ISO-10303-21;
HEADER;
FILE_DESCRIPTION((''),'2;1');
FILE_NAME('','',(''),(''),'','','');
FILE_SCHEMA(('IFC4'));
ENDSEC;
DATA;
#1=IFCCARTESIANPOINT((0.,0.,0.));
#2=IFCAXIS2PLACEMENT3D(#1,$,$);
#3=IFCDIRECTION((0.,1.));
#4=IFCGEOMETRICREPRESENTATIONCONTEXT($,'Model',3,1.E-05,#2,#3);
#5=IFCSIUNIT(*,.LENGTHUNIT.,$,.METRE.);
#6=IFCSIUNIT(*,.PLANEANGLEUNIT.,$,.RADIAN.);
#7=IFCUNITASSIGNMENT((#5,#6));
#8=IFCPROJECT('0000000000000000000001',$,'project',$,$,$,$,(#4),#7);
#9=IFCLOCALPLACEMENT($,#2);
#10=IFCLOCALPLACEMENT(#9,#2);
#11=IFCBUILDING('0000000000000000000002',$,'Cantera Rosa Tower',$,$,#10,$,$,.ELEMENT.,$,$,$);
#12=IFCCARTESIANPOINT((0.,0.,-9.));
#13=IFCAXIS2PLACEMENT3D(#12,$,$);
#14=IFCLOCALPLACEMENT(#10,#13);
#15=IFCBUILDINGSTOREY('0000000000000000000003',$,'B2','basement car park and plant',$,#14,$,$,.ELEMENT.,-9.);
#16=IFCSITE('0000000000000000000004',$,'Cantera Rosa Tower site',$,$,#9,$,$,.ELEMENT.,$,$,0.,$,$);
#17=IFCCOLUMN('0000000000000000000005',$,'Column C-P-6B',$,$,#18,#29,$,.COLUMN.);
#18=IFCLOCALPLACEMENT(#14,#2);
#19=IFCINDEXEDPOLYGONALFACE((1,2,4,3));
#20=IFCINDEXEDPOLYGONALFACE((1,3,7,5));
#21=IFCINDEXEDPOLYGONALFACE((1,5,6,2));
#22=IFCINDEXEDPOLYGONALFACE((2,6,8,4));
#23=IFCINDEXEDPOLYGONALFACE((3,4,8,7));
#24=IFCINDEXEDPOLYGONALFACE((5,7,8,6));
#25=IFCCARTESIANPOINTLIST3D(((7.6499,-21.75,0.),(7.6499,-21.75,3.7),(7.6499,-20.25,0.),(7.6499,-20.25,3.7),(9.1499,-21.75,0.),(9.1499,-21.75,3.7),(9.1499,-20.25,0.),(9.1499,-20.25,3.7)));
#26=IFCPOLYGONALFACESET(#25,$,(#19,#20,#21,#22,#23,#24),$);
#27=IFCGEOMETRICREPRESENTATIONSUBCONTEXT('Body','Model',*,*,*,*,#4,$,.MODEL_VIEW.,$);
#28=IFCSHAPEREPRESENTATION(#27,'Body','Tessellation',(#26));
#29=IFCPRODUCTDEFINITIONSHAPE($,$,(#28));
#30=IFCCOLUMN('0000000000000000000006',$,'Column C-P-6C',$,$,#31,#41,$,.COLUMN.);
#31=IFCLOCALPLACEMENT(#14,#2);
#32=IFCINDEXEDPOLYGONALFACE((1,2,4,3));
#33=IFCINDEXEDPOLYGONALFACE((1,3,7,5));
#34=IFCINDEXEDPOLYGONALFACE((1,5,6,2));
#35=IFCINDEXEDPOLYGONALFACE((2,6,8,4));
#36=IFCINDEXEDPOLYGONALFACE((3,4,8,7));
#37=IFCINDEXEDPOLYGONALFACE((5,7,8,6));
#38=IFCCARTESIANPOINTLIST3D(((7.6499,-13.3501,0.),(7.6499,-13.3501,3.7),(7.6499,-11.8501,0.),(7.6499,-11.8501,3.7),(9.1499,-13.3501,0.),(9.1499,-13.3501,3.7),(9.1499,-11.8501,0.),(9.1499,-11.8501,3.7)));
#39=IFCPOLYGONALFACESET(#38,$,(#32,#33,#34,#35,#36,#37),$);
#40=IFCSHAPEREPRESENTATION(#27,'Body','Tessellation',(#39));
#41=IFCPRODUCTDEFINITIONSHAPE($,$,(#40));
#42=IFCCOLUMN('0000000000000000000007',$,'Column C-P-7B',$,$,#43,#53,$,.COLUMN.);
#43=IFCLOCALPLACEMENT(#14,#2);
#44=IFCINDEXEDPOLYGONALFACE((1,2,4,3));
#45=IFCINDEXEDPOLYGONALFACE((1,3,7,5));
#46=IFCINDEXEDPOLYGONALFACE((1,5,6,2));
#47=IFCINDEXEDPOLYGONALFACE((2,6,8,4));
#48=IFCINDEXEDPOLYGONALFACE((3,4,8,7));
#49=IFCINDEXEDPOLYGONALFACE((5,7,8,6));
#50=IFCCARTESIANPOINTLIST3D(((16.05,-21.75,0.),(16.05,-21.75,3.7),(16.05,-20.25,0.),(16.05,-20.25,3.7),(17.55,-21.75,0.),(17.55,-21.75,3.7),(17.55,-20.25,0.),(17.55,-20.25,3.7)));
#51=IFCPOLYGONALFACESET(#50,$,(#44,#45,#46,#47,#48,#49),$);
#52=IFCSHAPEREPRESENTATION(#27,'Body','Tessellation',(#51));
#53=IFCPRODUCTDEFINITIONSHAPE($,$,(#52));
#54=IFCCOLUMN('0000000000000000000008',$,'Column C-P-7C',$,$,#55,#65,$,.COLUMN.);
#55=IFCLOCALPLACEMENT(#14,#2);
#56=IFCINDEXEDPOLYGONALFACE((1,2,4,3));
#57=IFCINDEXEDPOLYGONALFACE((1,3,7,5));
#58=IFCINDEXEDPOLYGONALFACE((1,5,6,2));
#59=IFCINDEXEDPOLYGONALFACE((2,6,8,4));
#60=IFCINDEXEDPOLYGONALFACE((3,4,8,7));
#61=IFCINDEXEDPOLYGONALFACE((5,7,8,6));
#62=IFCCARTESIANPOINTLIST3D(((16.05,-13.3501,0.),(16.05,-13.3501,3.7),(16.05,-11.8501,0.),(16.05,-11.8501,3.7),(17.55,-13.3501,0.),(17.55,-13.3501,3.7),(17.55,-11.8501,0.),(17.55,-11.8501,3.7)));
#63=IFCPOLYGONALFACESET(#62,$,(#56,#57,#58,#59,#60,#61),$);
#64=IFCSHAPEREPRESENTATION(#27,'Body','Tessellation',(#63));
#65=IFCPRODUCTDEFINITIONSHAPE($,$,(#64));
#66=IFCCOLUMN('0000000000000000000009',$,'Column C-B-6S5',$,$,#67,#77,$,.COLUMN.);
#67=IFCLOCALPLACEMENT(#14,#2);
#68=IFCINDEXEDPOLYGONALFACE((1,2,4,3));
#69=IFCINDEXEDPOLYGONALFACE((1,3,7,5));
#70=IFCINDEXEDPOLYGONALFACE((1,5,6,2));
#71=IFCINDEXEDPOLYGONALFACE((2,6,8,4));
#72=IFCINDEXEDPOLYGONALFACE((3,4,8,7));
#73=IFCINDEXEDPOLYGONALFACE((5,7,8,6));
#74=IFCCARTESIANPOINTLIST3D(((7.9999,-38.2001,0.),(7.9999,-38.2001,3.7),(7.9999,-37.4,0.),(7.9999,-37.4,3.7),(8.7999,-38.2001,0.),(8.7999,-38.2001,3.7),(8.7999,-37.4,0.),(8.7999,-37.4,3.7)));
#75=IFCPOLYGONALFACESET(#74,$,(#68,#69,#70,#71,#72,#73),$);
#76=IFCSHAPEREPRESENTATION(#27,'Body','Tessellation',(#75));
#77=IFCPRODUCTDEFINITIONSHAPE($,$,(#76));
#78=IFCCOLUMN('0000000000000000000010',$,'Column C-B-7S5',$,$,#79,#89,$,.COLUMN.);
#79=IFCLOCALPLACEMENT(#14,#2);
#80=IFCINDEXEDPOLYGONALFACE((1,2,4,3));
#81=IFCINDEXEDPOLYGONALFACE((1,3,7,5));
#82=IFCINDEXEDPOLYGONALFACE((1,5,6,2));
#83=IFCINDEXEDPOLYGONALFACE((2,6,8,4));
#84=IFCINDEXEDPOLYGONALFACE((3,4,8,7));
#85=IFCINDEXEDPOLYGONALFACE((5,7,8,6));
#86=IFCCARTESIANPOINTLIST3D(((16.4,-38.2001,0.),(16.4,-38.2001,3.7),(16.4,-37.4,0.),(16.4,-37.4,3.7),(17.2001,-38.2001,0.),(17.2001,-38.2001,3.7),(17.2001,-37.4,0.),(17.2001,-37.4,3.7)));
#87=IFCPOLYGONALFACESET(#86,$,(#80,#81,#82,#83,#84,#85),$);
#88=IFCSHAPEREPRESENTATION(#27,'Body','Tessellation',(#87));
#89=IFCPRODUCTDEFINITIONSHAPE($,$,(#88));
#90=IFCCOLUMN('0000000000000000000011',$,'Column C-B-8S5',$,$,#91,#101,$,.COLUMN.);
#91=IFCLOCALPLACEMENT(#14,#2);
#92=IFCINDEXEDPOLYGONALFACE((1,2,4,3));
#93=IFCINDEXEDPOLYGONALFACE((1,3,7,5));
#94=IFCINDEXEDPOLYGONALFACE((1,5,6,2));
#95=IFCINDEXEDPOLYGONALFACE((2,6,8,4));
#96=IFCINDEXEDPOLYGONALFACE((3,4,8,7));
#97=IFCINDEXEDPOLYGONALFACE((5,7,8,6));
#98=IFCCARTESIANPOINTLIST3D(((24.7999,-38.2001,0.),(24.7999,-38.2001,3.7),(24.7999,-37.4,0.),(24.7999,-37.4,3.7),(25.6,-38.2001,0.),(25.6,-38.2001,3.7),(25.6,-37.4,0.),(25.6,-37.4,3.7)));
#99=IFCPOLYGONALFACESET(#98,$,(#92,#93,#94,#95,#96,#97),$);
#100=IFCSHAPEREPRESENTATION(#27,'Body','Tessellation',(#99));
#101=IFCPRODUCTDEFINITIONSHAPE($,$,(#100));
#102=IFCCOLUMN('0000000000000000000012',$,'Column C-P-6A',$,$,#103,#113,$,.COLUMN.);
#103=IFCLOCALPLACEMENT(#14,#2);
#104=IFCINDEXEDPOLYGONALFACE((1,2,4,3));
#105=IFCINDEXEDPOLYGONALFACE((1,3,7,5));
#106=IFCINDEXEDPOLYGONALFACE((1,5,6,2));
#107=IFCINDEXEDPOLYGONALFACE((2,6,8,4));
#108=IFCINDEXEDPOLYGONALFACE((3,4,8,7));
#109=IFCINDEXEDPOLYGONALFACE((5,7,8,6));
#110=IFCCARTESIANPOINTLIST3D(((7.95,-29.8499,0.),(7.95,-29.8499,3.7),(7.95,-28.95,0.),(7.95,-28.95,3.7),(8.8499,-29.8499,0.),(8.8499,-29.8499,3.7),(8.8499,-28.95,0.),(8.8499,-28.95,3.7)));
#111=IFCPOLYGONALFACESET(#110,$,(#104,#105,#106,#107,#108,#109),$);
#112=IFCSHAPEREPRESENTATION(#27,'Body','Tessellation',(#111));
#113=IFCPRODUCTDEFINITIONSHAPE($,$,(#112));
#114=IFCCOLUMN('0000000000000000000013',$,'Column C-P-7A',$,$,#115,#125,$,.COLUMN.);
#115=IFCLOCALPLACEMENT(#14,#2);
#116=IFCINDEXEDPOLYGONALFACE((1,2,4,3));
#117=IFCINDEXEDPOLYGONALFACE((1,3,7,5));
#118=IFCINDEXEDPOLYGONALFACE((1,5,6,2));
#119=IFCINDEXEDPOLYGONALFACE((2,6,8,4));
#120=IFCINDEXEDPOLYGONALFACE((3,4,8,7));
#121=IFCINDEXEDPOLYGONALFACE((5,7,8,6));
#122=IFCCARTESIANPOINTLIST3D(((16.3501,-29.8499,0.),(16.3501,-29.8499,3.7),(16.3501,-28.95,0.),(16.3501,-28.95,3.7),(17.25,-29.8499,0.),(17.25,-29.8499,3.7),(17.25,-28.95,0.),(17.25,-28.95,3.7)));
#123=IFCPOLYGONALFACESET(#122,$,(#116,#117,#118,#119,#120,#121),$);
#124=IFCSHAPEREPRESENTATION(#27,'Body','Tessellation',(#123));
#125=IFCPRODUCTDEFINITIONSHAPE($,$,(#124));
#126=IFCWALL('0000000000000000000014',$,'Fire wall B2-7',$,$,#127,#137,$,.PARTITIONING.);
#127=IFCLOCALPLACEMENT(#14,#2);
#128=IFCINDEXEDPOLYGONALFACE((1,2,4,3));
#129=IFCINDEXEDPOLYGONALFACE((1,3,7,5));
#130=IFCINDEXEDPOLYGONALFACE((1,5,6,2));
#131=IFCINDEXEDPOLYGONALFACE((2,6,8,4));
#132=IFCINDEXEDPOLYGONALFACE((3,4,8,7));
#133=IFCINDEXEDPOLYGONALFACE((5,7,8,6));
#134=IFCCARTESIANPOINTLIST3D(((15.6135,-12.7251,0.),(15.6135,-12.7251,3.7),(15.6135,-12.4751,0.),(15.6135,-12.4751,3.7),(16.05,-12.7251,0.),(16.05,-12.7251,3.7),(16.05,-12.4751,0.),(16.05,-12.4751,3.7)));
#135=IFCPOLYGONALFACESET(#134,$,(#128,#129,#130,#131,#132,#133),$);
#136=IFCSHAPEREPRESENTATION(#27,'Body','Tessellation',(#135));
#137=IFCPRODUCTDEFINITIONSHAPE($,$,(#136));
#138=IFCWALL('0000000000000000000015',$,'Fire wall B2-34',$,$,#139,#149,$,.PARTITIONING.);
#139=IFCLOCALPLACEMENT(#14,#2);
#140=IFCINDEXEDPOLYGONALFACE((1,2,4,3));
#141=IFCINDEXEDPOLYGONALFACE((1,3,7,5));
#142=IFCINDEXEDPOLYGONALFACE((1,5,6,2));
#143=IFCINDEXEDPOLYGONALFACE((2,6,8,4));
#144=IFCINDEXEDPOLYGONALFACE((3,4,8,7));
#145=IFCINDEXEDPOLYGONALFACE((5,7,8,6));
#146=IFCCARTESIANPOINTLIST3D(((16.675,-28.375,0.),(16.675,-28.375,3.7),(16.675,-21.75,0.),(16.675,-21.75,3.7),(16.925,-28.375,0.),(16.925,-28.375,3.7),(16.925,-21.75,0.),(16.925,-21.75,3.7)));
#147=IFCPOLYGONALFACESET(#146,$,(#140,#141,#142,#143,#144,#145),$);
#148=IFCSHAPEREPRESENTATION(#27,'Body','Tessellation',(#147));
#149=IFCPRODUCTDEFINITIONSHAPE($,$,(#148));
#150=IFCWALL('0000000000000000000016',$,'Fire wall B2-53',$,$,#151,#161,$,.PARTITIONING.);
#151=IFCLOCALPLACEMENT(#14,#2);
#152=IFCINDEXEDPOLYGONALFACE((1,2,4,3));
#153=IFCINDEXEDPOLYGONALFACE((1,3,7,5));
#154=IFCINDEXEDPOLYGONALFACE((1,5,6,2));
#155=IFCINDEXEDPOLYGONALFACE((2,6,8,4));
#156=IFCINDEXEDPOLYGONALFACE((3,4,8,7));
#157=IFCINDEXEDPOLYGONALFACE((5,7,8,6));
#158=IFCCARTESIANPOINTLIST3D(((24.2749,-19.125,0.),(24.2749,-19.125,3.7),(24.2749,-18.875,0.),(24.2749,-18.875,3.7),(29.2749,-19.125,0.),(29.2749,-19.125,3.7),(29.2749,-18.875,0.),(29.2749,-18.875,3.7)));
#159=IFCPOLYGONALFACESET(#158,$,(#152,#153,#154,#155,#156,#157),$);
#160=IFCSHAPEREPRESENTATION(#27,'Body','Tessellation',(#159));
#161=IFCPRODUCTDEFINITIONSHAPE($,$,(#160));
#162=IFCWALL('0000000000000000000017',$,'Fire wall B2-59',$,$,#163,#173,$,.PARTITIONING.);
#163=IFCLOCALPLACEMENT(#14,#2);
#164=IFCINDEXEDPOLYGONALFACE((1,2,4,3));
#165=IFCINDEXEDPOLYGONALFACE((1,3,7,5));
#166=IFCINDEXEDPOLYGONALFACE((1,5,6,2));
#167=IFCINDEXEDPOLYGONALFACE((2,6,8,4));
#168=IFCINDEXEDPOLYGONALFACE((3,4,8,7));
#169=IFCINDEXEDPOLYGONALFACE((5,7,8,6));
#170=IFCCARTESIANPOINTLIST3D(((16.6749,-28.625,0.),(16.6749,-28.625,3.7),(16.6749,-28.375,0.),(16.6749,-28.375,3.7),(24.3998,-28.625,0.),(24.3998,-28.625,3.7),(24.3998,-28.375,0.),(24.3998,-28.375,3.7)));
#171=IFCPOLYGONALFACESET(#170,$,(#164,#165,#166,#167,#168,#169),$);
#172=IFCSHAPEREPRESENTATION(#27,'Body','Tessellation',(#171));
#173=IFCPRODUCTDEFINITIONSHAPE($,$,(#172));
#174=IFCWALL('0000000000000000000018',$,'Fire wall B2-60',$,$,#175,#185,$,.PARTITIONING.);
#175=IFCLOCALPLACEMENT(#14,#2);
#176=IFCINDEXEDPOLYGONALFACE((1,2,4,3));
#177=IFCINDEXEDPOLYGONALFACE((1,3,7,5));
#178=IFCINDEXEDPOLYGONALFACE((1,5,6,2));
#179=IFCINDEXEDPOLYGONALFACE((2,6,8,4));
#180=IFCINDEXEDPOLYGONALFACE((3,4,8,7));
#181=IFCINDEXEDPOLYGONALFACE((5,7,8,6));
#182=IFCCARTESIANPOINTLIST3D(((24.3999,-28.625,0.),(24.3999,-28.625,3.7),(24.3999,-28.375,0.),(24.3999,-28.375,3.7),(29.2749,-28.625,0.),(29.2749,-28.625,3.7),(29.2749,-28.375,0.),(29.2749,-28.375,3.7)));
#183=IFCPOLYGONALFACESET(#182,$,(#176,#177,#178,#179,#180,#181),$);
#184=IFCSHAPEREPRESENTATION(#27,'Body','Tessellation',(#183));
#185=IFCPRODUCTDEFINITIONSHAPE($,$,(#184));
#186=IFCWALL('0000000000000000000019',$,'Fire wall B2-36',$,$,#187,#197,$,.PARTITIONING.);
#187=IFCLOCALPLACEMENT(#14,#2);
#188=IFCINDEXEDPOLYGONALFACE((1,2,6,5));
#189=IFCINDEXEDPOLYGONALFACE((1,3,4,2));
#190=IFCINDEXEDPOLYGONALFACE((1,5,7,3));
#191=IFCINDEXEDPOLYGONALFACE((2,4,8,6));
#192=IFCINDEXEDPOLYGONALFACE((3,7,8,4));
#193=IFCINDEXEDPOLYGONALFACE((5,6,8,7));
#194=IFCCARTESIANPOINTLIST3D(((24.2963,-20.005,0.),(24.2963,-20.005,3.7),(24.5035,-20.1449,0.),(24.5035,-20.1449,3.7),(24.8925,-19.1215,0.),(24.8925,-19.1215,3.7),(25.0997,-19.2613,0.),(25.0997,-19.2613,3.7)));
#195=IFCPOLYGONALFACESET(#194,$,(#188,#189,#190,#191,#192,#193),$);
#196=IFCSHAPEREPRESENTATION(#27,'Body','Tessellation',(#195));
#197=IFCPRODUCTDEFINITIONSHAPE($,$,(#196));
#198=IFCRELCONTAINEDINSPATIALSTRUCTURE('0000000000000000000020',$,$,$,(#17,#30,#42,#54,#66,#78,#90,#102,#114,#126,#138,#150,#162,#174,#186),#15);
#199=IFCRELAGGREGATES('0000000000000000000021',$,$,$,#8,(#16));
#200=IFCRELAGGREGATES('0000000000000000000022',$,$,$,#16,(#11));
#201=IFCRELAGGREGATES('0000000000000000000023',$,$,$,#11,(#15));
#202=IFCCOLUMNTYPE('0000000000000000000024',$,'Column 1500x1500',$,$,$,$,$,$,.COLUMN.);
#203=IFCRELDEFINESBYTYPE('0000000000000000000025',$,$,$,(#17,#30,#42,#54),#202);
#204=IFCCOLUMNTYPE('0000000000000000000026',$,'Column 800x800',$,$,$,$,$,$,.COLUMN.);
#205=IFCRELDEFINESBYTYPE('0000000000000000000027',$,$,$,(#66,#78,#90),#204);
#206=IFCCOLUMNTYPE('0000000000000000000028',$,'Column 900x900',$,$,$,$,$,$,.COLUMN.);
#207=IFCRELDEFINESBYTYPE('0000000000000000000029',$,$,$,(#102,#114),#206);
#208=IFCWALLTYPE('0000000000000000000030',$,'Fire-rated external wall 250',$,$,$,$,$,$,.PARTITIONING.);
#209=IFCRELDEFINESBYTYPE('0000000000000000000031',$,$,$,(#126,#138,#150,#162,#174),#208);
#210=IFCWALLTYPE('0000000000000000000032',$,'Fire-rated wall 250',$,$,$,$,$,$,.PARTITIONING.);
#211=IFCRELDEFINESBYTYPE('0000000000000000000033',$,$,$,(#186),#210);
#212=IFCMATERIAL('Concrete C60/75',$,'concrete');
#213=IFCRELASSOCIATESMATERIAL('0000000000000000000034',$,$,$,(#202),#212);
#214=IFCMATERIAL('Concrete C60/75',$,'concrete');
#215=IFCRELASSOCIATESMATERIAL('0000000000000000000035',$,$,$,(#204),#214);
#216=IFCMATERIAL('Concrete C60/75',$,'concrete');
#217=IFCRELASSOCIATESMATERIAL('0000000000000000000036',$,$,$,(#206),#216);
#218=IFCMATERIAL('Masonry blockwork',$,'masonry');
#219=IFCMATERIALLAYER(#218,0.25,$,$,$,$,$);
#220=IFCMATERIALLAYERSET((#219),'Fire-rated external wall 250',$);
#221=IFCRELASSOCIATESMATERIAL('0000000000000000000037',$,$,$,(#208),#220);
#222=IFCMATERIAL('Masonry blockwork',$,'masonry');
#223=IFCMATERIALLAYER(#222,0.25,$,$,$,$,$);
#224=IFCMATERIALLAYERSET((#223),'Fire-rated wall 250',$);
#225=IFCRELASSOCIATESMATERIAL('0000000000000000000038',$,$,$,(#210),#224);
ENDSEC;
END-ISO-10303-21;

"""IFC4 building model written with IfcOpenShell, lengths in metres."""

from ifc_helpers import new_model, si_unit, direction, frame, frame_2d, origin, origin_2d, place, context, subcontext, project, spatial, rectangle, extrude, material, layer, layer_set, material_profile, profile_set, type_object, element, save


model = new_model("IFC4")

# Units and contexts
model_context = context("Model", 3, precision=1e-05, world=origin(), true_north=direction((0.0, 1.0)))
body_context = subcontext(model_context, "Body", "Model", "MODEL_VIEW")
ifc_project = project(units=[si_unit("LENGTHUNIT", "METRE"), si_unit("PLANEANGLEUNIT", "RADIAN")], contexts=[model_context])

# Site, building, storey
site_placement = place(None, origin())
site = spatial("IfcSite", under=ifc_project, at=site_placement, Name="Cantera Rosa Tower site", CompositionType="ELEMENT", RefElevation=0.0)
building_placement = place(site_placement, origin())
building = spatial("IfcBuilding", under=site, at=building_placement, Name="Cantera Rosa Tower", CompositionType="ELEMENT")
storey_placement = place(building_placement, frame((0.0, 0.0, -9.0)))
storey = spatial("IfcBuildingStorey", under=building, at=storey_placement, Name="B2", Description="basement car park and plant", CompositionType="ELEMENT", Elevation=-9.0)

# Columns
ifc_material_1 = material(Name="Concrete C60/75", Category="concrete")
ifc_material_profile_1 = material_profile(ifc_material_1, rectangle(XDim=1.5, YDim=1.5, at=origin_2d()), Name="Column 1500x1500")
ifc_profile_set_1 = profile_set([ifc_material_profile_1], Name="Concrete C60/75")
column_type_1 = type_object("IfcColumnType", Name="Column 1500x1500", PredefinedType="COLUMN", material=ifc_profile_set_1)
for number, where, z_axis, x_axis, name in (
    (1, (8.3999, -21.0, 0.0), (0.0, 0.0, 1.0), (1.0, 0.0, 0.0), "Column C-P-6B"),
    (2, (8.3999, -12.6001, 0.0), (0.0, 0.0, 1.0), (1.0, 0.0, 0.0), "Column C-P-6C"),
    (3, (16.8, -21.0, 0.0), (0.0, 0.0, 1.0), (1.0, 0.0, 0.0), "Column C-P-7B"),
    (4, (16.8, -12.6001, 0.0), (0.0, 0.0, 1.0), (1.0, 0.0, 0.0), "Column C-P-7C"),
):
    element("IfcColumn", number, at=place(storey_placement, frame(where, z_axis=z_axis, x_axis=x_axis)), inside=storey, type_object=column_type_1, Name=name, PredefinedType="COLUMN", context=body_context, shape_type="SweptSolid", body=[
        extrude(rectangle(XDim=1.5, YDim=1.5, at=origin_2d()), origin(), (0.0, 0.0, 1.0), 3.7),
    ])
ifc_material_2 = material(Name="Concrete C60/75", Category="concrete")
ifc_material_profile_2 = material_profile(ifc_material_2, rectangle(XDim=0.8, YDim=0.8, at=origin_2d()), Name="Column 800x800")
ifc_profile_set_2 = profile_set([ifc_material_profile_2], Name="Concrete C60/75")
column_type_2 = type_object("IfcColumnType", Name="Column 800x800", PredefinedType="COLUMN", material=ifc_profile_set_2)
for number, where, z_axis, x_axis, name in (
    (5, (8.3999, -37.8, 0.0), (0.0, 0.0, 1.0), (1.0, 0.0, 0.0), "Column C-B-6S5"),
    (6, (16.8, -37.8, 0.0), (0.0, 0.0, 1.0), (1.0, 0.0, 0.0), "Column C-B-7S5"),
    (7, (25.2, -37.8, 0.0), (0.0, 0.0, 1.0), (1.0, 0.0, 0.0), "Column C-B-8S5"),
):
    element("IfcColumn", number, at=place(storey_placement, frame(where, z_axis=z_axis, x_axis=x_axis)), inside=storey, type_object=column_type_2, Name=name, PredefinedType="COLUMN", context=body_context, shape_type="SweptSolid", body=[
        extrude(rectangle(XDim=0.8, YDim=0.8, at=origin_2d()), origin(), (0.0, 0.0, 1.0), 3.7),
    ])
ifc_material_3 = material(Name="Concrete C60/75", Category="concrete")
ifc_material_profile_3 = material_profile(ifc_material_3, rectangle(XDim=0.8999, YDim=0.8999, at=origin_2d()), Name="Column 900x900")
ifc_profile_set_3 = profile_set([ifc_material_profile_3], Name="Concrete C60/75")
column_type_3 = type_object("IfcColumnType", Name="Column 900x900", PredefinedType="COLUMN", material=ifc_profile_set_3)
for number, where, z_axis, x_axis, name in (
    (8, (8.3999, -29.3999, 0.0), (0.0, 0.0, 1.0), (1.0, 0.0, 0.0), "Column C-P-6A"),
    (9, (16.8, -29.3999, 0.0), (0.0, 0.0, 1.0), (1.0, 0.0, 0.0), "Column C-P-7A"),
):
    element("IfcColumn", number, at=place(storey_placement, frame(where, z_axis=z_axis, x_axis=x_axis)), inside=storey, type_object=column_type_3, Name=name, PredefinedType="COLUMN", context=body_context, shape_type="SweptSolid", body=[
        extrude(rectangle(XDim=0.8999, YDim=0.8999, at=origin_2d()), origin(), (0.0, 0.0, 1.0), 3.7),
    ])

# Walls
ifc_material_4 = material(Name="Masonry blockwork", Category="masonry")
ifc_layer_1 = layer(ifc_material_4, 0.25)
ifc_layer_set_1 = layer_set([ifc_layer_1], Name="Fire-rated external wall 250")
wall_type_1 = type_object("IfcWallType", Name="Fire-rated external wall 250", PredefinedType="PARTITIONING", material=ifc_layer_set_1)
wall_1_placement = place(storey_placement, frame((15.6135, -12.6001, 0.0), z_axis=(0.0, 0.0, 1.0), x_axis=(1.0, 0.0, 0.0)))
element("IfcWall", 10, at=wall_1_placement, inside=storey, type_object=wall_type_1, Name="Fire wall B2-7", PredefinedType="PARTITIONING", context=body_context, shape_type="SweptSolid", body=[
    extrude(rectangle(XDim=0.4365, YDim=0.25, at=frame_2d((0.2183, 0.0))), origin(), (0.0, 0.0, 1.0), 3.7),
])
wall_2_placement = place(storey_placement, frame((16.8, -28.375, 0.0), z_axis=(0.0, 0.0, 1.0), x_axis=(0.0, 1.0, 0.0)))
element("IfcWall", 11, at=wall_2_placement, inside=storey, type_object=wall_type_1, Name="Fire wall B2-34", PredefinedType="PARTITIONING", context=body_context, shape_type="SweptSolid", body=[
    extrude(rectangle(XDim=6.625, YDim=0.25, at=frame_2d((3.3125, 0.0))), origin(), (0.0, 0.0, 1.0), 3.7),
])
wall_3_placement = place(storey_placement, frame((24.2749, -19.0, 0.0), z_axis=(0.0, 0.0, 1.0), x_axis=(1.0, 0.0, 0.0)))
element("IfcWall", 12, at=wall_3_placement, inside=storey, type_object=wall_type_1, Name="Fire wall B2-53", PredefinedType="PARTITIONING", context=body_context, shape_type="SweptSolid", body=[
    extrude(rectangle(XDim=5.0, YDim=0.25, at=frame_2d((2.5, 0.0))), origin(), (0.0, 0.0, 1.0), 3.7),
])
wall_4_placement = place(storey_placement, frame((16.675, -28.5, 0.0), z_axis=(0.0, 0.0, 1.0), x_axis=(1.0, 0.0, 0.0)))
element("IfcWall", 13, at=wall_4_placement, inside=storey, type_object=wall_type_1, Name="Fire wall B2-59", PredefinedType="PARTITIONING", context=body_context, shape_type="SweptSolid", body=[
    extrude(rectangle(XDim=7.7249, YDim=0.25, at=frame_2d((3.8623, 0.0))), origin(), (0.0, 0.0, 1.0), 3.7),
])
wall_5_placement = place(storey_placement, frame((24.3999, -28.5, 0.0), z_axis=(0.0, 0.0, 1.0), x_axis=(1.0, 0.0, 0.0)))
element("IfcWall", 14, at=wall_5_placement, inside=storey, type_object=wall_type_1, Name="Fire wall B2-60", PredefinedType="PARTITIONING", context=body_context, shape_type="SweptSolid", body=[
    extrude(rectangle(XDim=4.875, YDim=0.25, at=frame_2d((2.4375, 0.0))), origin(), (0.0, 0.0, 1.0), 3.7),
])
ifc_material_5 = material(Name="Masonry blockwork", Category="masonry")
ifc_layer_2 = layer(ifc_material_5, 0.25)
ifc_layer_set_2 = layer_set([ifc_layer_2], Name="Fire-rated wall 250")
wall_type_2 = type_object("IfcWallType", Name="Fire-rated wall 250", PredefinedType="PARTITIONING", material=ifc_layer_set_2)
wall_6_placement = place(storey_placement, frame((24.3999, -20.075, 0.0), z_axis=(0.0, 0.0, 1.0), x_axis=(0.559343, 0.828936, 0.0)))
element("IfcWall", 15, at=wall_6_placement, inside=storey, type_object=wall_type_2, Name="Fire wall B2-36", PredefinedType="PARTITIONING", context=body_context, shape_type="SweptSolid", body=[
    extrude(rectangle(XDim=1.0659, YDim=0.25, at=frame_2d((0.533, 0.0))), origin(), (0.0, 0.0, 1.0), 3.7),
])

save(model, "model.ifc")
